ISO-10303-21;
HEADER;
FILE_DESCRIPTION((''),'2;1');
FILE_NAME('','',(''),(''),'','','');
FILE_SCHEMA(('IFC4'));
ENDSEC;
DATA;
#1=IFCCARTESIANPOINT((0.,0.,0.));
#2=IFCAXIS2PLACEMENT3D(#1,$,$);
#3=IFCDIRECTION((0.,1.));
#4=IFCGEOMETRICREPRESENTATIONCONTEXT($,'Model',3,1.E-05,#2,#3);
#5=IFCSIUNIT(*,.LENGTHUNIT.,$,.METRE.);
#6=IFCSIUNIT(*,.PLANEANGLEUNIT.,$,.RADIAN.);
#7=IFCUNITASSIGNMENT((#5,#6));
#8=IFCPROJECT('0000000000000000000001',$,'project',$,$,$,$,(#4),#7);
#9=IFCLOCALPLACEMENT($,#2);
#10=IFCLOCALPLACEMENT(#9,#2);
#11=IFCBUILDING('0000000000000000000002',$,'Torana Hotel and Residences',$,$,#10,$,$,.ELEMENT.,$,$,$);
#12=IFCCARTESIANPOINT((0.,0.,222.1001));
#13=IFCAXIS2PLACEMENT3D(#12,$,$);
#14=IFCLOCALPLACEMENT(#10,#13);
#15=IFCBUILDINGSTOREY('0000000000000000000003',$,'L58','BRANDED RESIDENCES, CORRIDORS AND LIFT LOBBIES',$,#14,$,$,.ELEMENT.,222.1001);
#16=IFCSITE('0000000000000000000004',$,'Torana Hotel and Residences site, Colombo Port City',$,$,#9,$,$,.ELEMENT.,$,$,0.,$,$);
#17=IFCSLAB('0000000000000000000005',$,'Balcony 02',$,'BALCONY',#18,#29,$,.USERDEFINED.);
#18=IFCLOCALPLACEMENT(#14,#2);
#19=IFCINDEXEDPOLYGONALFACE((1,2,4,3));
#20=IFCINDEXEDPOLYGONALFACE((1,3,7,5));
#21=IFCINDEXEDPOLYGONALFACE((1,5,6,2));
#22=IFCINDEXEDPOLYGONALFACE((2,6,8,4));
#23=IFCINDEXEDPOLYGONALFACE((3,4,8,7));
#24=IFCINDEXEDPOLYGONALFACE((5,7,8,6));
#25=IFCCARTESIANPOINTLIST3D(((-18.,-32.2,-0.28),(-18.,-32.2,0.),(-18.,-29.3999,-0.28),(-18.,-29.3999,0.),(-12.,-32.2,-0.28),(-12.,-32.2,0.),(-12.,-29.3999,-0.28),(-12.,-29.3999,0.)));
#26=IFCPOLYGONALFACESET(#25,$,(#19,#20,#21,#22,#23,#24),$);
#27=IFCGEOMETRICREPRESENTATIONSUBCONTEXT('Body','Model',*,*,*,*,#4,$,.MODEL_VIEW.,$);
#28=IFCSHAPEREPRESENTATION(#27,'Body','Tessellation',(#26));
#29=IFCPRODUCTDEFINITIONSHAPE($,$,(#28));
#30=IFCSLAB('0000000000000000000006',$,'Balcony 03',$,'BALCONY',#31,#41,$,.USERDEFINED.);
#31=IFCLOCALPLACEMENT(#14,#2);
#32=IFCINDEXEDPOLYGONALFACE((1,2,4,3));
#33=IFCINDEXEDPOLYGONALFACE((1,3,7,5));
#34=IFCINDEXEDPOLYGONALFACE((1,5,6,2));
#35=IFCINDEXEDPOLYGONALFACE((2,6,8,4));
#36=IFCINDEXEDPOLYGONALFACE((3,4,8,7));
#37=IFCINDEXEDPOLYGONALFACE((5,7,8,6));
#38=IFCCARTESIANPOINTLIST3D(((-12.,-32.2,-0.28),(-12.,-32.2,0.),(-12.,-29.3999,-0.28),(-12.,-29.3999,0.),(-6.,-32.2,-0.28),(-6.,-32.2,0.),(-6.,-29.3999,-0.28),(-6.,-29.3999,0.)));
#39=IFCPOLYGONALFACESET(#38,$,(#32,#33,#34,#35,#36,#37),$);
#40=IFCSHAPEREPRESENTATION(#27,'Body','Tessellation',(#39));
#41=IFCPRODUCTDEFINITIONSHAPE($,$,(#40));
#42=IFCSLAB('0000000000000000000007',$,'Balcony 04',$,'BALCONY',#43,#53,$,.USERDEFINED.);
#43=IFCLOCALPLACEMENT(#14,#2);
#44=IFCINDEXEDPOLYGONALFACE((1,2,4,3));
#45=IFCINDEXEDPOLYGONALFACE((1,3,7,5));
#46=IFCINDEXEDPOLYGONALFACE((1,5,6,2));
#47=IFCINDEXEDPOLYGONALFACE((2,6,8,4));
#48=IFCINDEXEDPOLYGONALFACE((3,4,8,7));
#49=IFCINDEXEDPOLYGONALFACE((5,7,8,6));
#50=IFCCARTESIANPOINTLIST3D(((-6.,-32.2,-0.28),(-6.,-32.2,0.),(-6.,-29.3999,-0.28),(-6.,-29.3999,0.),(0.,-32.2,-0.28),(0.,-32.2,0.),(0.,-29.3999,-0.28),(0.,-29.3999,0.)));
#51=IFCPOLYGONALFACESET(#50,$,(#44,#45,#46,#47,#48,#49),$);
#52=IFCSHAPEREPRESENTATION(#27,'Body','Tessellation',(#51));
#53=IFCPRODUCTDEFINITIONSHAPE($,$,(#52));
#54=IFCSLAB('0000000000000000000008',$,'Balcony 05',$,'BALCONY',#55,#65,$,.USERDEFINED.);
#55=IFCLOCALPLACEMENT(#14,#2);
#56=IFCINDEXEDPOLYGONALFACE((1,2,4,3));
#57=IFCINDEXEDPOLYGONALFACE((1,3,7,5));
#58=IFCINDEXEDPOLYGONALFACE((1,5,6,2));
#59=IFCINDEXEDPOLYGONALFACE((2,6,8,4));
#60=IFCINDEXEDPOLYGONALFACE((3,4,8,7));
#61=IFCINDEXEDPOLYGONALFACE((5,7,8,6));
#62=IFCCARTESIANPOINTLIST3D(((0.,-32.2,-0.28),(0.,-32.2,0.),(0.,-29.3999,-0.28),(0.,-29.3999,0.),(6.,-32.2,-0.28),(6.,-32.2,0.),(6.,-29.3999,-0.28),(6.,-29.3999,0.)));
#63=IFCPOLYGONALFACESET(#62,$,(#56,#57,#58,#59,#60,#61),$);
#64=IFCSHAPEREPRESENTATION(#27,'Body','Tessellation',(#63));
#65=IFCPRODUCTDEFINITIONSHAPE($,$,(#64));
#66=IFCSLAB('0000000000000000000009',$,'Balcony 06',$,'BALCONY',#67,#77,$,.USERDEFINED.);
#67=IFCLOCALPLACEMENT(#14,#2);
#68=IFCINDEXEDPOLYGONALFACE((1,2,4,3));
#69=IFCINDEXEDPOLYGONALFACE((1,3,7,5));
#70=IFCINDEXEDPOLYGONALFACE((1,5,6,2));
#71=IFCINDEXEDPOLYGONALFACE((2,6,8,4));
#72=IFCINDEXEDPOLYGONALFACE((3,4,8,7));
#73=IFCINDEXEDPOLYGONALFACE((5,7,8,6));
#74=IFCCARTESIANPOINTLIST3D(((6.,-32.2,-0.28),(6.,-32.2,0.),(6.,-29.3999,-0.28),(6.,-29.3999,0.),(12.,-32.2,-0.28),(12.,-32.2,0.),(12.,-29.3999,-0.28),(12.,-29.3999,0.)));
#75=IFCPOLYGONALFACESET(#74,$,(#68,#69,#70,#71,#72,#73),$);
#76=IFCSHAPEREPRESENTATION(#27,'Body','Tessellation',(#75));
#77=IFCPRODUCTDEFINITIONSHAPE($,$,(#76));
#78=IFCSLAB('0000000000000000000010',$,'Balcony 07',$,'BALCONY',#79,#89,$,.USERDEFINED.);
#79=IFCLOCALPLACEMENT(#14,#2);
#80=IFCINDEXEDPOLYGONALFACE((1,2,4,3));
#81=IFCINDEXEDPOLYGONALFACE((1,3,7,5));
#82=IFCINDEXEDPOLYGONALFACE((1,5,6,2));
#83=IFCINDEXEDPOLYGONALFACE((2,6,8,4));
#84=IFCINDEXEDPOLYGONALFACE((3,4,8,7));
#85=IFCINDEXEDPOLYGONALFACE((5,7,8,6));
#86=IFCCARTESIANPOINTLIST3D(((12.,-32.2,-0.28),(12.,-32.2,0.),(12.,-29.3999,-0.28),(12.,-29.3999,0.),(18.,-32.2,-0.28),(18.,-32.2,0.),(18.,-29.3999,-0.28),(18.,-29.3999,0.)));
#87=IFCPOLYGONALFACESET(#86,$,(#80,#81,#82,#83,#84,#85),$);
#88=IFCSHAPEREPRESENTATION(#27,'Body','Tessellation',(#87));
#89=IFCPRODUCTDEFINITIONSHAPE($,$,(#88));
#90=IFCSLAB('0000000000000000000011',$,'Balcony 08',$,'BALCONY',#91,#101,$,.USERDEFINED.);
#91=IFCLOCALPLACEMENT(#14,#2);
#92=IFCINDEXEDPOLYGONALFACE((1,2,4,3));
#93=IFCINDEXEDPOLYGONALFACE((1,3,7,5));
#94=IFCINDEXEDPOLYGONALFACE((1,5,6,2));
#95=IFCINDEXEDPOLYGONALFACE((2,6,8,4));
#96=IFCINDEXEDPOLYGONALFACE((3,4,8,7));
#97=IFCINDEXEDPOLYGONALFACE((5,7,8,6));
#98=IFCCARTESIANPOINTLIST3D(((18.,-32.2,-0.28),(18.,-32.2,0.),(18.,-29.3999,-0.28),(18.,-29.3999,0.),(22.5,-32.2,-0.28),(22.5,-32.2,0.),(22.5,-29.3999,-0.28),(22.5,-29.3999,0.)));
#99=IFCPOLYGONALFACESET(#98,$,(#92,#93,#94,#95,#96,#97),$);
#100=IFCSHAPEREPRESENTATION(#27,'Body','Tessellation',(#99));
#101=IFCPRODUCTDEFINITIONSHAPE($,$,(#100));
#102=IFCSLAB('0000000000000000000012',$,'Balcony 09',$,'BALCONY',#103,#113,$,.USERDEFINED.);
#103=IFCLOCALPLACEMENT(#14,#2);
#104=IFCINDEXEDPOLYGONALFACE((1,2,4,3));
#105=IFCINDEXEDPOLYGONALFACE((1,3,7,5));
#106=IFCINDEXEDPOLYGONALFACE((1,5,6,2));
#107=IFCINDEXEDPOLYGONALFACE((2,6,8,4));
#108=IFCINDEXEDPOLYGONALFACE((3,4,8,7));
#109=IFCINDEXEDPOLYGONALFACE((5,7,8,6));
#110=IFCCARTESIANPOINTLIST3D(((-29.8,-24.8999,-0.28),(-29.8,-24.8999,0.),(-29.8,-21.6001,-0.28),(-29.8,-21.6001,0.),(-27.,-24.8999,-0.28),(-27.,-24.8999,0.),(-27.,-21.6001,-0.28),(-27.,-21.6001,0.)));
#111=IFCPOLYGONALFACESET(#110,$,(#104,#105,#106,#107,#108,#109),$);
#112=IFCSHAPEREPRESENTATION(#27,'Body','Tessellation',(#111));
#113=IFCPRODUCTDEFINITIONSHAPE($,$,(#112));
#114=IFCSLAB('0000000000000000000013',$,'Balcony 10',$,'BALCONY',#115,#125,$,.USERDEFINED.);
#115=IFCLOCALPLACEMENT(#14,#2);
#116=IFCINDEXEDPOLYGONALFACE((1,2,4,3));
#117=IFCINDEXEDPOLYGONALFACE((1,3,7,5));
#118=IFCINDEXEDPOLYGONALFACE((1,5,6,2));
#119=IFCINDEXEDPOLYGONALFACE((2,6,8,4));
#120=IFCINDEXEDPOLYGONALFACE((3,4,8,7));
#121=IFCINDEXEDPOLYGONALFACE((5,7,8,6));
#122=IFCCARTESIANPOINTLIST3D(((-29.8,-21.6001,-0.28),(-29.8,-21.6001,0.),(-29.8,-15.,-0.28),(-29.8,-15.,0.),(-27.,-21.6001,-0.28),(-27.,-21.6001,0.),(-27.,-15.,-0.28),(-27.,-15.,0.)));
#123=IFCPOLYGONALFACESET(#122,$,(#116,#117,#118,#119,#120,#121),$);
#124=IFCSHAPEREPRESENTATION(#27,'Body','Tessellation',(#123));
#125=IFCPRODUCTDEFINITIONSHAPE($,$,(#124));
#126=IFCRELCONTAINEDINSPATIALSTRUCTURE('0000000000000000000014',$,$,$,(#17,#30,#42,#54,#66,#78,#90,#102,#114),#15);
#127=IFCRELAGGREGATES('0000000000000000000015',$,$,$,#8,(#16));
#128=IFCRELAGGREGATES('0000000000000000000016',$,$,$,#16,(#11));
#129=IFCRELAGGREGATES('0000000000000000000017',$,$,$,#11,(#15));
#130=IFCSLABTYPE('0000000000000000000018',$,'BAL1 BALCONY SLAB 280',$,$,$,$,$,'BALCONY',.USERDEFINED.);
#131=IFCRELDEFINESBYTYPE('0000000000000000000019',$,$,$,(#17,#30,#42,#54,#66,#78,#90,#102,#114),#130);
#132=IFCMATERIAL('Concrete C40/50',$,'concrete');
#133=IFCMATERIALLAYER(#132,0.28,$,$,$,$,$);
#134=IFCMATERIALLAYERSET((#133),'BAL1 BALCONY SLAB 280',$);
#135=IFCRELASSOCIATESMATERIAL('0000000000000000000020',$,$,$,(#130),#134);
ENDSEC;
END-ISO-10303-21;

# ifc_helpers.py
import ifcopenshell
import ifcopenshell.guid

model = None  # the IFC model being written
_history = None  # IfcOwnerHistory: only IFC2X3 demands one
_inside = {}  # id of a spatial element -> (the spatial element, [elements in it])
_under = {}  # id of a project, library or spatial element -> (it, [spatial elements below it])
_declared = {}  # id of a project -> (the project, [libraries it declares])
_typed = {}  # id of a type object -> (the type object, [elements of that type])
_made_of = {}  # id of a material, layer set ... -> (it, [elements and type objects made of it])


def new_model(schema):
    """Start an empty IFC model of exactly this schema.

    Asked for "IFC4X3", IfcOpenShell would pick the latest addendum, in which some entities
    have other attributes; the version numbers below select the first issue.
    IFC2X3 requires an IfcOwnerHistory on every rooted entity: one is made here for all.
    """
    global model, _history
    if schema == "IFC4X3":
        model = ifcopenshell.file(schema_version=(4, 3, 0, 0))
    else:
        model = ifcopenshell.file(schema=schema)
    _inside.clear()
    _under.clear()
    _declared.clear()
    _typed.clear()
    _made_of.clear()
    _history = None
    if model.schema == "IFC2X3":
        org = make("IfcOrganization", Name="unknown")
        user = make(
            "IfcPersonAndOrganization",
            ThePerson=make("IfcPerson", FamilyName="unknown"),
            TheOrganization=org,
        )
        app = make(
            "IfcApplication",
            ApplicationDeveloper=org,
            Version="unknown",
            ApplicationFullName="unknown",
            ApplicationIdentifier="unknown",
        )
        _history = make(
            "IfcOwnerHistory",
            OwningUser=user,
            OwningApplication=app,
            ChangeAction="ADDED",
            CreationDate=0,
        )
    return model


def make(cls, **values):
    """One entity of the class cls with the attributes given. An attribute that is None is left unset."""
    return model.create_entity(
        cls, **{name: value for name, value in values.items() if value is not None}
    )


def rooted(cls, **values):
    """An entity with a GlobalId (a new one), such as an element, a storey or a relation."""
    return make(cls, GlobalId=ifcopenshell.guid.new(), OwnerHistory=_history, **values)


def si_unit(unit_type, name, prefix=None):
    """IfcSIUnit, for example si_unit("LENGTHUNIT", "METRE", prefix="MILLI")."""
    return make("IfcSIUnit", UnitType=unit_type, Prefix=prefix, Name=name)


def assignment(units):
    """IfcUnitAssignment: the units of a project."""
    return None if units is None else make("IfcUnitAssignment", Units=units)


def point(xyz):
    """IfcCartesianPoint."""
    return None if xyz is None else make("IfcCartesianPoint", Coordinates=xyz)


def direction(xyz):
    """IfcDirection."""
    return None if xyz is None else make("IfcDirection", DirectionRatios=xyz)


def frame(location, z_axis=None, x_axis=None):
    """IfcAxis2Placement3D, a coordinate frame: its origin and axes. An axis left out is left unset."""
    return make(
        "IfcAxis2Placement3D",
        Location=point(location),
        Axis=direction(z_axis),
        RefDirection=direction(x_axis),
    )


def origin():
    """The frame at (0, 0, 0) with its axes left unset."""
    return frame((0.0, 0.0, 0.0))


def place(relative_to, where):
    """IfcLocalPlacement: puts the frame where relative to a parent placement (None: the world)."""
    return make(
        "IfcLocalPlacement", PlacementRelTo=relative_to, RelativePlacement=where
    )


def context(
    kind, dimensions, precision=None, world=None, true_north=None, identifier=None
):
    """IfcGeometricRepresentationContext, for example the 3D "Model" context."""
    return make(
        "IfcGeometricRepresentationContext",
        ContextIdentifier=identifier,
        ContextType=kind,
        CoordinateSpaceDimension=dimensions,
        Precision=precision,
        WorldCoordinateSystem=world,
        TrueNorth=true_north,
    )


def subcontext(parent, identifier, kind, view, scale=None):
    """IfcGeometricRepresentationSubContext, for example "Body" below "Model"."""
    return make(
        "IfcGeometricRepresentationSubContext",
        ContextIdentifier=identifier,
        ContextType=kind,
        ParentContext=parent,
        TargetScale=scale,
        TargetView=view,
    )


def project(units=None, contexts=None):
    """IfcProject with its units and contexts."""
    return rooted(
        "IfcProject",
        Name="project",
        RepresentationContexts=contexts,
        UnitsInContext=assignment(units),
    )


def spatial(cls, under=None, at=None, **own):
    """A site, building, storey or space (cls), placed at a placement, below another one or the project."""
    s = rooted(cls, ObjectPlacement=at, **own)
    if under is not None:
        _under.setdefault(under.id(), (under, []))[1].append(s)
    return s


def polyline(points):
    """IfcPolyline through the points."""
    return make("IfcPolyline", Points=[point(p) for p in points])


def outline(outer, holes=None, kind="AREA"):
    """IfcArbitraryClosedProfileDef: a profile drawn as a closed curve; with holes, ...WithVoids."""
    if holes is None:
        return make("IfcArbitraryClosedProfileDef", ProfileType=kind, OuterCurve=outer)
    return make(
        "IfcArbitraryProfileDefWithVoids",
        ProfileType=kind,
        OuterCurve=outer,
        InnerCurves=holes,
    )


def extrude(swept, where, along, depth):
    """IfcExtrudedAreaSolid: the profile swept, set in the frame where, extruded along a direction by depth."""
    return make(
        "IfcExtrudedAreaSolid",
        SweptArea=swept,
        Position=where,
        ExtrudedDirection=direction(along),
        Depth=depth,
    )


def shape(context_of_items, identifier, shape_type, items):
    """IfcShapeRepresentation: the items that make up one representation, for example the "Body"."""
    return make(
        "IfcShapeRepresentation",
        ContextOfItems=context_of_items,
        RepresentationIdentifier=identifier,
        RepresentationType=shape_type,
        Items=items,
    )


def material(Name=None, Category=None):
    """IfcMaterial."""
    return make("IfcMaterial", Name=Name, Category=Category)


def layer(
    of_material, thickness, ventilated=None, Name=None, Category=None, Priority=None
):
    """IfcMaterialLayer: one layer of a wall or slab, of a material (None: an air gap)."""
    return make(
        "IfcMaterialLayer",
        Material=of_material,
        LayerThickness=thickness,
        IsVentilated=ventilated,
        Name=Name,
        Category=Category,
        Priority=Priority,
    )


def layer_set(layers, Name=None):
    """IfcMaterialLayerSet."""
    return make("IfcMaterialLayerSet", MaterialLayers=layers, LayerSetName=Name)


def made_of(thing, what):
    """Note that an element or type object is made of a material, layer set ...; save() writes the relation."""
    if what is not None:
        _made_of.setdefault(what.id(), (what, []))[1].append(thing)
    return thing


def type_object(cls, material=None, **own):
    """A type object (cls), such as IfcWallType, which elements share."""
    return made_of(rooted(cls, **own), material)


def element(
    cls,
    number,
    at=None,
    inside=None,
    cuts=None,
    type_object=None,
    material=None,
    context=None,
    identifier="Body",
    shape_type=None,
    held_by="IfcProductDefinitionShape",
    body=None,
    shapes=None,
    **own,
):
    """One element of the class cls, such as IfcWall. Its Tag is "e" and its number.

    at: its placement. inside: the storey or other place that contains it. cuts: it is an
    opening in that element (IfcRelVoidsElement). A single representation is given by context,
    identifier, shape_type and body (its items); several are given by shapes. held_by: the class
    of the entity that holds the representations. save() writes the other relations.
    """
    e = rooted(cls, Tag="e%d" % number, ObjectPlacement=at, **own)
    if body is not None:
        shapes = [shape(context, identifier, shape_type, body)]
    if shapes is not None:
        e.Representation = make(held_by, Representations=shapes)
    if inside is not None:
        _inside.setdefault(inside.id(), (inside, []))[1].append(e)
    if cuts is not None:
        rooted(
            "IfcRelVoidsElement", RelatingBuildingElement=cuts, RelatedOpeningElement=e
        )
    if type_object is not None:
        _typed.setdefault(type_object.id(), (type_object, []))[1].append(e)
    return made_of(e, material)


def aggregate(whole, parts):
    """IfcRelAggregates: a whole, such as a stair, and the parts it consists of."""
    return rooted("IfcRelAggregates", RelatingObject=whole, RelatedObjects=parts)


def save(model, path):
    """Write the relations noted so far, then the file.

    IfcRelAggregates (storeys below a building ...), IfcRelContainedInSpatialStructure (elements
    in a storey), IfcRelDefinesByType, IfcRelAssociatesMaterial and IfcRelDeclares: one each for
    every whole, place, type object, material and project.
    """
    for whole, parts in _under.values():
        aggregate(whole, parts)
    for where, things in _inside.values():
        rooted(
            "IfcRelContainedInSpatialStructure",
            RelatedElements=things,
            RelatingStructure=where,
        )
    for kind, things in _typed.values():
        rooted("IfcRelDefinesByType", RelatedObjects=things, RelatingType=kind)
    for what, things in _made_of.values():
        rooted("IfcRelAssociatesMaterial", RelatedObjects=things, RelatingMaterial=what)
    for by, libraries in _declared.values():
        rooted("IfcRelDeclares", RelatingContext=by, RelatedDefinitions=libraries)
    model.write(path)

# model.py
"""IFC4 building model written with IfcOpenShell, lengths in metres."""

from ifc_helpers import new_model, si_unit, direction, frame, origin, place, context, subcontext, project, spatial, polyline, outline, extrude, material, layer, layer_set, type_object, element, save


model = new_model("IFC4")

# Units and contexts
model_context = context("Model", 3, precision=1e-05, world=origin(), true_north=direction((0.0, 1.0)))
body_context = subcontext(model_context, "Body", "Model", "MODEL_VIEW")
ifc_project = project(units=[si_unit("LENGTHUNIT", "METRE"), si_unit("PLANEANGLEUNIT", "RADIAN")], contexts=[model_context])

# Site, building, storey
site_placement = place(None, origin())
site = spatial("IfcSite", under=ifc_project, at=site_placement, Name="Torana Hotel and Residences site, Colombo Port City", CompositionType="ELEMENT", RefElevation=0.0)
building_placement = place(site_placement, origin())
building = spatial("IfcBuilding", under=site, at=building_placement, Name="Torana Hotel and Residences", CompositionType="ELEMENT")
storey_placement = place(building_placement, frame((0.0, 0.0, 222.1001)))
storey = spatial("IfcBuildingStorey", under=building, at=storey_placement, Name="L58", Description="BRANDED RESIDENCES, CORRIDORS AND LIFT LOBBIES", CompositionType="ELEMENT", Elevation=222.1001)

# Slabs
ifc_material_1 = material(Name="Concrete C40/50", Category="concrete")
ifc_layer_1 = layer(ifc_material_1, 0.28)
ifc_layer_set_1 = layer_set([ifc_layer_1], Name="BAL1 BALCONY SLAB 280")
slab_type = type_object("IfcSlabType", Name="BAL1 BALCONY SLAB 280", ElementType="BALCONY", PredefinedType="USERDEFINED", material=ifc_layer_set_1)
slab_1_placement = place(storey_placement, frame((0.0, 0.0, -0.28)))
element("IfcSlab", 1, at=slab_1_placement, inside=storey, type_object=slab_type, Name="Balcony 02", ObjectType="BALCONY", PredefinedType="USERDEFINED", context=body_context, shape_type="SweptSolid", body=[
    extrude(outline(polyline([(-18.0, -32.2), (-12.0, -32.2), (-12.0, -29.3999), (-18.0, -29.3999), (-18.0, -32.2)])), origin(), (0.0, 0.0, 1.0), 0.28),
])
slab_2_placement = place(storey_placement, frame((0.0, 0.0, -0.28)))
element("IfcSlab", 2, at=slab_2_placement, inside=storey, type_object=slab_type, Name="Balcony 03", ObjectType="BALCONY", PredefinedType="USERDEFINED", context=body_context, shape_type="SweptSolid", body=[
    extrude(outline(polyline([(-12.0, -32.2), (-6.0, -32.2), (-6.0, -29.3999), (-12.0, -29.3999), (-12.0, -32.2)])), origin(), (0.0, 0.0, 1.0), 0.28),
])
slab_3_placement = place(storey_placement, frame((0.0, 0.0, -0.28)))
element("IfcSlab", 3, at=slab_3_placement, inside=storey, type_object=slab_type, Name="Balcony 04", ObjectType="BALCONY", PredefinedType="USERDEFINED", context=body_context, shape_type="SweptSolid", body=[
    extrude(outline(polyline([(-6.0, -32.2), (0.0, -32.2), (0.0, -29.3999), (-6.0, -29.3999), (-6.0, -32.2)])), origin(), (0.0, 0.0, 1.0), 0.28),
])
slab_4_placement = place(storey_placement, frame((0.0, 0.0, -0.28)))
element("IfcSlab", 4, at=slab_4_placement, inside=storey, type_object=slab_type, Name="Balcony 05", ObjectType="BALCONY", PredefinedType="USERDEFINED", context=body_context, shape_type="SweptSolid", body=[
    extrude(outline(polyline([(0.0, -32.2), (6.0, -32.2), (6.0, -29.3999), (0.0, -29.3999), (0.0, -32.2)])), origin(), (0.0, 0.0, 1.0), 0.28),
])
slab_5_placement = place(storey_placement, frame((0.0, 0.0, -0.28)))
element("IfcSlab", 5, at=slab_5_placement, inside=storey, type_object=slab_type, Name="Balcony 06", ObjectType="BALCONY", PredefinedType="USERDEFINED", context=body_context, shape_type="SweptSolid", body=[
    extrude(outline(polyline([(6.0, -32.2), (12.0, -32.2), (12.0, -29.3999), (6.0, -29.3999), (6.0, -32.2)])), origin(), (0.0, 0.0, 1.0), 0.28),
])
slab_6_placement = place(storey_placement, frame((0.0, 0.0, -0.28)))
element("IfcSlab", 6, at=slab_6_placement, inside=storey, type_object=slab_type, Name="Balcony 07", ObjectType="BALCONY", PredefinedType="USERDEFINED", context=body_context, shape_type="SweptSolid", body=[
    extrude(outline(polyline([(12.0, -32.2), (18.0, -32.2), (18.0, -29.3999), (12.0, -29.3999), (12.0, -32.2)])), origin(), (0.0, 0.0, 1.0), 0.28),
])
slab_7_placement = place(storey_placement, frame((0.0, 0.0, -0.28)))
element("IfcSlab", 7, at=slab_7_placement, inside=storey, type_object=slab_type, Name="Balcony 08", ObjectType="BALCONY", PredefinedType="USERDEFINED", context=body_context, shape_type="SweptSolid", body=[
    extrude(outline(polyline([(18.0, -32.2), (22.5, -32.2), (22.5, -29.3999), (18.0, -29.3999), (18.0, -32.2)])), origin(), (0.0, 0.0, 1.0), 0.28),
])
slab_8_placement = place(storey_placement, frame((0.0, 0.0, -0.28)))
element("IfcSlab", 8, at=slab_8_placement, inside=storey, type_object=slab_type, Name="Balcony 09", ObjectType="BALCONY", PredefinedType="USERDEFINED", context=body_context, shape_type="SweptSolid", body=[
    extrude(outline(polyline([(-29.8, -24.8999), (-27.0, -24.8999), (-27.0, -21.6001), (-29.8, -21.6001), (-29.8, -24.8999)])), origin(), (0.0, 0.0, 1.0), 0.28),
])
slab_9_placement = place(storey_placement, frame((0.0, 0.0, -0.28)))
element("IfcSlab", 9, at=slab_9_placement, inside=storey, type_object=slab_type, Name="Balcony 10", ObjectType="BALCONY", PredefinedType="USERDEFINED", context=body_context, shape_type="SweptSolid", body=[
    extrude(outline(polyline([(-29.8, -21.6001), (-27.0, -21.6001), (-27.0, -15.0), (-29.8, -15.0), (-29.8, -21.6001)])), origin(), (0.0, 0.0, 1.0), 0.28),
])

save(model, "model.ifc")
